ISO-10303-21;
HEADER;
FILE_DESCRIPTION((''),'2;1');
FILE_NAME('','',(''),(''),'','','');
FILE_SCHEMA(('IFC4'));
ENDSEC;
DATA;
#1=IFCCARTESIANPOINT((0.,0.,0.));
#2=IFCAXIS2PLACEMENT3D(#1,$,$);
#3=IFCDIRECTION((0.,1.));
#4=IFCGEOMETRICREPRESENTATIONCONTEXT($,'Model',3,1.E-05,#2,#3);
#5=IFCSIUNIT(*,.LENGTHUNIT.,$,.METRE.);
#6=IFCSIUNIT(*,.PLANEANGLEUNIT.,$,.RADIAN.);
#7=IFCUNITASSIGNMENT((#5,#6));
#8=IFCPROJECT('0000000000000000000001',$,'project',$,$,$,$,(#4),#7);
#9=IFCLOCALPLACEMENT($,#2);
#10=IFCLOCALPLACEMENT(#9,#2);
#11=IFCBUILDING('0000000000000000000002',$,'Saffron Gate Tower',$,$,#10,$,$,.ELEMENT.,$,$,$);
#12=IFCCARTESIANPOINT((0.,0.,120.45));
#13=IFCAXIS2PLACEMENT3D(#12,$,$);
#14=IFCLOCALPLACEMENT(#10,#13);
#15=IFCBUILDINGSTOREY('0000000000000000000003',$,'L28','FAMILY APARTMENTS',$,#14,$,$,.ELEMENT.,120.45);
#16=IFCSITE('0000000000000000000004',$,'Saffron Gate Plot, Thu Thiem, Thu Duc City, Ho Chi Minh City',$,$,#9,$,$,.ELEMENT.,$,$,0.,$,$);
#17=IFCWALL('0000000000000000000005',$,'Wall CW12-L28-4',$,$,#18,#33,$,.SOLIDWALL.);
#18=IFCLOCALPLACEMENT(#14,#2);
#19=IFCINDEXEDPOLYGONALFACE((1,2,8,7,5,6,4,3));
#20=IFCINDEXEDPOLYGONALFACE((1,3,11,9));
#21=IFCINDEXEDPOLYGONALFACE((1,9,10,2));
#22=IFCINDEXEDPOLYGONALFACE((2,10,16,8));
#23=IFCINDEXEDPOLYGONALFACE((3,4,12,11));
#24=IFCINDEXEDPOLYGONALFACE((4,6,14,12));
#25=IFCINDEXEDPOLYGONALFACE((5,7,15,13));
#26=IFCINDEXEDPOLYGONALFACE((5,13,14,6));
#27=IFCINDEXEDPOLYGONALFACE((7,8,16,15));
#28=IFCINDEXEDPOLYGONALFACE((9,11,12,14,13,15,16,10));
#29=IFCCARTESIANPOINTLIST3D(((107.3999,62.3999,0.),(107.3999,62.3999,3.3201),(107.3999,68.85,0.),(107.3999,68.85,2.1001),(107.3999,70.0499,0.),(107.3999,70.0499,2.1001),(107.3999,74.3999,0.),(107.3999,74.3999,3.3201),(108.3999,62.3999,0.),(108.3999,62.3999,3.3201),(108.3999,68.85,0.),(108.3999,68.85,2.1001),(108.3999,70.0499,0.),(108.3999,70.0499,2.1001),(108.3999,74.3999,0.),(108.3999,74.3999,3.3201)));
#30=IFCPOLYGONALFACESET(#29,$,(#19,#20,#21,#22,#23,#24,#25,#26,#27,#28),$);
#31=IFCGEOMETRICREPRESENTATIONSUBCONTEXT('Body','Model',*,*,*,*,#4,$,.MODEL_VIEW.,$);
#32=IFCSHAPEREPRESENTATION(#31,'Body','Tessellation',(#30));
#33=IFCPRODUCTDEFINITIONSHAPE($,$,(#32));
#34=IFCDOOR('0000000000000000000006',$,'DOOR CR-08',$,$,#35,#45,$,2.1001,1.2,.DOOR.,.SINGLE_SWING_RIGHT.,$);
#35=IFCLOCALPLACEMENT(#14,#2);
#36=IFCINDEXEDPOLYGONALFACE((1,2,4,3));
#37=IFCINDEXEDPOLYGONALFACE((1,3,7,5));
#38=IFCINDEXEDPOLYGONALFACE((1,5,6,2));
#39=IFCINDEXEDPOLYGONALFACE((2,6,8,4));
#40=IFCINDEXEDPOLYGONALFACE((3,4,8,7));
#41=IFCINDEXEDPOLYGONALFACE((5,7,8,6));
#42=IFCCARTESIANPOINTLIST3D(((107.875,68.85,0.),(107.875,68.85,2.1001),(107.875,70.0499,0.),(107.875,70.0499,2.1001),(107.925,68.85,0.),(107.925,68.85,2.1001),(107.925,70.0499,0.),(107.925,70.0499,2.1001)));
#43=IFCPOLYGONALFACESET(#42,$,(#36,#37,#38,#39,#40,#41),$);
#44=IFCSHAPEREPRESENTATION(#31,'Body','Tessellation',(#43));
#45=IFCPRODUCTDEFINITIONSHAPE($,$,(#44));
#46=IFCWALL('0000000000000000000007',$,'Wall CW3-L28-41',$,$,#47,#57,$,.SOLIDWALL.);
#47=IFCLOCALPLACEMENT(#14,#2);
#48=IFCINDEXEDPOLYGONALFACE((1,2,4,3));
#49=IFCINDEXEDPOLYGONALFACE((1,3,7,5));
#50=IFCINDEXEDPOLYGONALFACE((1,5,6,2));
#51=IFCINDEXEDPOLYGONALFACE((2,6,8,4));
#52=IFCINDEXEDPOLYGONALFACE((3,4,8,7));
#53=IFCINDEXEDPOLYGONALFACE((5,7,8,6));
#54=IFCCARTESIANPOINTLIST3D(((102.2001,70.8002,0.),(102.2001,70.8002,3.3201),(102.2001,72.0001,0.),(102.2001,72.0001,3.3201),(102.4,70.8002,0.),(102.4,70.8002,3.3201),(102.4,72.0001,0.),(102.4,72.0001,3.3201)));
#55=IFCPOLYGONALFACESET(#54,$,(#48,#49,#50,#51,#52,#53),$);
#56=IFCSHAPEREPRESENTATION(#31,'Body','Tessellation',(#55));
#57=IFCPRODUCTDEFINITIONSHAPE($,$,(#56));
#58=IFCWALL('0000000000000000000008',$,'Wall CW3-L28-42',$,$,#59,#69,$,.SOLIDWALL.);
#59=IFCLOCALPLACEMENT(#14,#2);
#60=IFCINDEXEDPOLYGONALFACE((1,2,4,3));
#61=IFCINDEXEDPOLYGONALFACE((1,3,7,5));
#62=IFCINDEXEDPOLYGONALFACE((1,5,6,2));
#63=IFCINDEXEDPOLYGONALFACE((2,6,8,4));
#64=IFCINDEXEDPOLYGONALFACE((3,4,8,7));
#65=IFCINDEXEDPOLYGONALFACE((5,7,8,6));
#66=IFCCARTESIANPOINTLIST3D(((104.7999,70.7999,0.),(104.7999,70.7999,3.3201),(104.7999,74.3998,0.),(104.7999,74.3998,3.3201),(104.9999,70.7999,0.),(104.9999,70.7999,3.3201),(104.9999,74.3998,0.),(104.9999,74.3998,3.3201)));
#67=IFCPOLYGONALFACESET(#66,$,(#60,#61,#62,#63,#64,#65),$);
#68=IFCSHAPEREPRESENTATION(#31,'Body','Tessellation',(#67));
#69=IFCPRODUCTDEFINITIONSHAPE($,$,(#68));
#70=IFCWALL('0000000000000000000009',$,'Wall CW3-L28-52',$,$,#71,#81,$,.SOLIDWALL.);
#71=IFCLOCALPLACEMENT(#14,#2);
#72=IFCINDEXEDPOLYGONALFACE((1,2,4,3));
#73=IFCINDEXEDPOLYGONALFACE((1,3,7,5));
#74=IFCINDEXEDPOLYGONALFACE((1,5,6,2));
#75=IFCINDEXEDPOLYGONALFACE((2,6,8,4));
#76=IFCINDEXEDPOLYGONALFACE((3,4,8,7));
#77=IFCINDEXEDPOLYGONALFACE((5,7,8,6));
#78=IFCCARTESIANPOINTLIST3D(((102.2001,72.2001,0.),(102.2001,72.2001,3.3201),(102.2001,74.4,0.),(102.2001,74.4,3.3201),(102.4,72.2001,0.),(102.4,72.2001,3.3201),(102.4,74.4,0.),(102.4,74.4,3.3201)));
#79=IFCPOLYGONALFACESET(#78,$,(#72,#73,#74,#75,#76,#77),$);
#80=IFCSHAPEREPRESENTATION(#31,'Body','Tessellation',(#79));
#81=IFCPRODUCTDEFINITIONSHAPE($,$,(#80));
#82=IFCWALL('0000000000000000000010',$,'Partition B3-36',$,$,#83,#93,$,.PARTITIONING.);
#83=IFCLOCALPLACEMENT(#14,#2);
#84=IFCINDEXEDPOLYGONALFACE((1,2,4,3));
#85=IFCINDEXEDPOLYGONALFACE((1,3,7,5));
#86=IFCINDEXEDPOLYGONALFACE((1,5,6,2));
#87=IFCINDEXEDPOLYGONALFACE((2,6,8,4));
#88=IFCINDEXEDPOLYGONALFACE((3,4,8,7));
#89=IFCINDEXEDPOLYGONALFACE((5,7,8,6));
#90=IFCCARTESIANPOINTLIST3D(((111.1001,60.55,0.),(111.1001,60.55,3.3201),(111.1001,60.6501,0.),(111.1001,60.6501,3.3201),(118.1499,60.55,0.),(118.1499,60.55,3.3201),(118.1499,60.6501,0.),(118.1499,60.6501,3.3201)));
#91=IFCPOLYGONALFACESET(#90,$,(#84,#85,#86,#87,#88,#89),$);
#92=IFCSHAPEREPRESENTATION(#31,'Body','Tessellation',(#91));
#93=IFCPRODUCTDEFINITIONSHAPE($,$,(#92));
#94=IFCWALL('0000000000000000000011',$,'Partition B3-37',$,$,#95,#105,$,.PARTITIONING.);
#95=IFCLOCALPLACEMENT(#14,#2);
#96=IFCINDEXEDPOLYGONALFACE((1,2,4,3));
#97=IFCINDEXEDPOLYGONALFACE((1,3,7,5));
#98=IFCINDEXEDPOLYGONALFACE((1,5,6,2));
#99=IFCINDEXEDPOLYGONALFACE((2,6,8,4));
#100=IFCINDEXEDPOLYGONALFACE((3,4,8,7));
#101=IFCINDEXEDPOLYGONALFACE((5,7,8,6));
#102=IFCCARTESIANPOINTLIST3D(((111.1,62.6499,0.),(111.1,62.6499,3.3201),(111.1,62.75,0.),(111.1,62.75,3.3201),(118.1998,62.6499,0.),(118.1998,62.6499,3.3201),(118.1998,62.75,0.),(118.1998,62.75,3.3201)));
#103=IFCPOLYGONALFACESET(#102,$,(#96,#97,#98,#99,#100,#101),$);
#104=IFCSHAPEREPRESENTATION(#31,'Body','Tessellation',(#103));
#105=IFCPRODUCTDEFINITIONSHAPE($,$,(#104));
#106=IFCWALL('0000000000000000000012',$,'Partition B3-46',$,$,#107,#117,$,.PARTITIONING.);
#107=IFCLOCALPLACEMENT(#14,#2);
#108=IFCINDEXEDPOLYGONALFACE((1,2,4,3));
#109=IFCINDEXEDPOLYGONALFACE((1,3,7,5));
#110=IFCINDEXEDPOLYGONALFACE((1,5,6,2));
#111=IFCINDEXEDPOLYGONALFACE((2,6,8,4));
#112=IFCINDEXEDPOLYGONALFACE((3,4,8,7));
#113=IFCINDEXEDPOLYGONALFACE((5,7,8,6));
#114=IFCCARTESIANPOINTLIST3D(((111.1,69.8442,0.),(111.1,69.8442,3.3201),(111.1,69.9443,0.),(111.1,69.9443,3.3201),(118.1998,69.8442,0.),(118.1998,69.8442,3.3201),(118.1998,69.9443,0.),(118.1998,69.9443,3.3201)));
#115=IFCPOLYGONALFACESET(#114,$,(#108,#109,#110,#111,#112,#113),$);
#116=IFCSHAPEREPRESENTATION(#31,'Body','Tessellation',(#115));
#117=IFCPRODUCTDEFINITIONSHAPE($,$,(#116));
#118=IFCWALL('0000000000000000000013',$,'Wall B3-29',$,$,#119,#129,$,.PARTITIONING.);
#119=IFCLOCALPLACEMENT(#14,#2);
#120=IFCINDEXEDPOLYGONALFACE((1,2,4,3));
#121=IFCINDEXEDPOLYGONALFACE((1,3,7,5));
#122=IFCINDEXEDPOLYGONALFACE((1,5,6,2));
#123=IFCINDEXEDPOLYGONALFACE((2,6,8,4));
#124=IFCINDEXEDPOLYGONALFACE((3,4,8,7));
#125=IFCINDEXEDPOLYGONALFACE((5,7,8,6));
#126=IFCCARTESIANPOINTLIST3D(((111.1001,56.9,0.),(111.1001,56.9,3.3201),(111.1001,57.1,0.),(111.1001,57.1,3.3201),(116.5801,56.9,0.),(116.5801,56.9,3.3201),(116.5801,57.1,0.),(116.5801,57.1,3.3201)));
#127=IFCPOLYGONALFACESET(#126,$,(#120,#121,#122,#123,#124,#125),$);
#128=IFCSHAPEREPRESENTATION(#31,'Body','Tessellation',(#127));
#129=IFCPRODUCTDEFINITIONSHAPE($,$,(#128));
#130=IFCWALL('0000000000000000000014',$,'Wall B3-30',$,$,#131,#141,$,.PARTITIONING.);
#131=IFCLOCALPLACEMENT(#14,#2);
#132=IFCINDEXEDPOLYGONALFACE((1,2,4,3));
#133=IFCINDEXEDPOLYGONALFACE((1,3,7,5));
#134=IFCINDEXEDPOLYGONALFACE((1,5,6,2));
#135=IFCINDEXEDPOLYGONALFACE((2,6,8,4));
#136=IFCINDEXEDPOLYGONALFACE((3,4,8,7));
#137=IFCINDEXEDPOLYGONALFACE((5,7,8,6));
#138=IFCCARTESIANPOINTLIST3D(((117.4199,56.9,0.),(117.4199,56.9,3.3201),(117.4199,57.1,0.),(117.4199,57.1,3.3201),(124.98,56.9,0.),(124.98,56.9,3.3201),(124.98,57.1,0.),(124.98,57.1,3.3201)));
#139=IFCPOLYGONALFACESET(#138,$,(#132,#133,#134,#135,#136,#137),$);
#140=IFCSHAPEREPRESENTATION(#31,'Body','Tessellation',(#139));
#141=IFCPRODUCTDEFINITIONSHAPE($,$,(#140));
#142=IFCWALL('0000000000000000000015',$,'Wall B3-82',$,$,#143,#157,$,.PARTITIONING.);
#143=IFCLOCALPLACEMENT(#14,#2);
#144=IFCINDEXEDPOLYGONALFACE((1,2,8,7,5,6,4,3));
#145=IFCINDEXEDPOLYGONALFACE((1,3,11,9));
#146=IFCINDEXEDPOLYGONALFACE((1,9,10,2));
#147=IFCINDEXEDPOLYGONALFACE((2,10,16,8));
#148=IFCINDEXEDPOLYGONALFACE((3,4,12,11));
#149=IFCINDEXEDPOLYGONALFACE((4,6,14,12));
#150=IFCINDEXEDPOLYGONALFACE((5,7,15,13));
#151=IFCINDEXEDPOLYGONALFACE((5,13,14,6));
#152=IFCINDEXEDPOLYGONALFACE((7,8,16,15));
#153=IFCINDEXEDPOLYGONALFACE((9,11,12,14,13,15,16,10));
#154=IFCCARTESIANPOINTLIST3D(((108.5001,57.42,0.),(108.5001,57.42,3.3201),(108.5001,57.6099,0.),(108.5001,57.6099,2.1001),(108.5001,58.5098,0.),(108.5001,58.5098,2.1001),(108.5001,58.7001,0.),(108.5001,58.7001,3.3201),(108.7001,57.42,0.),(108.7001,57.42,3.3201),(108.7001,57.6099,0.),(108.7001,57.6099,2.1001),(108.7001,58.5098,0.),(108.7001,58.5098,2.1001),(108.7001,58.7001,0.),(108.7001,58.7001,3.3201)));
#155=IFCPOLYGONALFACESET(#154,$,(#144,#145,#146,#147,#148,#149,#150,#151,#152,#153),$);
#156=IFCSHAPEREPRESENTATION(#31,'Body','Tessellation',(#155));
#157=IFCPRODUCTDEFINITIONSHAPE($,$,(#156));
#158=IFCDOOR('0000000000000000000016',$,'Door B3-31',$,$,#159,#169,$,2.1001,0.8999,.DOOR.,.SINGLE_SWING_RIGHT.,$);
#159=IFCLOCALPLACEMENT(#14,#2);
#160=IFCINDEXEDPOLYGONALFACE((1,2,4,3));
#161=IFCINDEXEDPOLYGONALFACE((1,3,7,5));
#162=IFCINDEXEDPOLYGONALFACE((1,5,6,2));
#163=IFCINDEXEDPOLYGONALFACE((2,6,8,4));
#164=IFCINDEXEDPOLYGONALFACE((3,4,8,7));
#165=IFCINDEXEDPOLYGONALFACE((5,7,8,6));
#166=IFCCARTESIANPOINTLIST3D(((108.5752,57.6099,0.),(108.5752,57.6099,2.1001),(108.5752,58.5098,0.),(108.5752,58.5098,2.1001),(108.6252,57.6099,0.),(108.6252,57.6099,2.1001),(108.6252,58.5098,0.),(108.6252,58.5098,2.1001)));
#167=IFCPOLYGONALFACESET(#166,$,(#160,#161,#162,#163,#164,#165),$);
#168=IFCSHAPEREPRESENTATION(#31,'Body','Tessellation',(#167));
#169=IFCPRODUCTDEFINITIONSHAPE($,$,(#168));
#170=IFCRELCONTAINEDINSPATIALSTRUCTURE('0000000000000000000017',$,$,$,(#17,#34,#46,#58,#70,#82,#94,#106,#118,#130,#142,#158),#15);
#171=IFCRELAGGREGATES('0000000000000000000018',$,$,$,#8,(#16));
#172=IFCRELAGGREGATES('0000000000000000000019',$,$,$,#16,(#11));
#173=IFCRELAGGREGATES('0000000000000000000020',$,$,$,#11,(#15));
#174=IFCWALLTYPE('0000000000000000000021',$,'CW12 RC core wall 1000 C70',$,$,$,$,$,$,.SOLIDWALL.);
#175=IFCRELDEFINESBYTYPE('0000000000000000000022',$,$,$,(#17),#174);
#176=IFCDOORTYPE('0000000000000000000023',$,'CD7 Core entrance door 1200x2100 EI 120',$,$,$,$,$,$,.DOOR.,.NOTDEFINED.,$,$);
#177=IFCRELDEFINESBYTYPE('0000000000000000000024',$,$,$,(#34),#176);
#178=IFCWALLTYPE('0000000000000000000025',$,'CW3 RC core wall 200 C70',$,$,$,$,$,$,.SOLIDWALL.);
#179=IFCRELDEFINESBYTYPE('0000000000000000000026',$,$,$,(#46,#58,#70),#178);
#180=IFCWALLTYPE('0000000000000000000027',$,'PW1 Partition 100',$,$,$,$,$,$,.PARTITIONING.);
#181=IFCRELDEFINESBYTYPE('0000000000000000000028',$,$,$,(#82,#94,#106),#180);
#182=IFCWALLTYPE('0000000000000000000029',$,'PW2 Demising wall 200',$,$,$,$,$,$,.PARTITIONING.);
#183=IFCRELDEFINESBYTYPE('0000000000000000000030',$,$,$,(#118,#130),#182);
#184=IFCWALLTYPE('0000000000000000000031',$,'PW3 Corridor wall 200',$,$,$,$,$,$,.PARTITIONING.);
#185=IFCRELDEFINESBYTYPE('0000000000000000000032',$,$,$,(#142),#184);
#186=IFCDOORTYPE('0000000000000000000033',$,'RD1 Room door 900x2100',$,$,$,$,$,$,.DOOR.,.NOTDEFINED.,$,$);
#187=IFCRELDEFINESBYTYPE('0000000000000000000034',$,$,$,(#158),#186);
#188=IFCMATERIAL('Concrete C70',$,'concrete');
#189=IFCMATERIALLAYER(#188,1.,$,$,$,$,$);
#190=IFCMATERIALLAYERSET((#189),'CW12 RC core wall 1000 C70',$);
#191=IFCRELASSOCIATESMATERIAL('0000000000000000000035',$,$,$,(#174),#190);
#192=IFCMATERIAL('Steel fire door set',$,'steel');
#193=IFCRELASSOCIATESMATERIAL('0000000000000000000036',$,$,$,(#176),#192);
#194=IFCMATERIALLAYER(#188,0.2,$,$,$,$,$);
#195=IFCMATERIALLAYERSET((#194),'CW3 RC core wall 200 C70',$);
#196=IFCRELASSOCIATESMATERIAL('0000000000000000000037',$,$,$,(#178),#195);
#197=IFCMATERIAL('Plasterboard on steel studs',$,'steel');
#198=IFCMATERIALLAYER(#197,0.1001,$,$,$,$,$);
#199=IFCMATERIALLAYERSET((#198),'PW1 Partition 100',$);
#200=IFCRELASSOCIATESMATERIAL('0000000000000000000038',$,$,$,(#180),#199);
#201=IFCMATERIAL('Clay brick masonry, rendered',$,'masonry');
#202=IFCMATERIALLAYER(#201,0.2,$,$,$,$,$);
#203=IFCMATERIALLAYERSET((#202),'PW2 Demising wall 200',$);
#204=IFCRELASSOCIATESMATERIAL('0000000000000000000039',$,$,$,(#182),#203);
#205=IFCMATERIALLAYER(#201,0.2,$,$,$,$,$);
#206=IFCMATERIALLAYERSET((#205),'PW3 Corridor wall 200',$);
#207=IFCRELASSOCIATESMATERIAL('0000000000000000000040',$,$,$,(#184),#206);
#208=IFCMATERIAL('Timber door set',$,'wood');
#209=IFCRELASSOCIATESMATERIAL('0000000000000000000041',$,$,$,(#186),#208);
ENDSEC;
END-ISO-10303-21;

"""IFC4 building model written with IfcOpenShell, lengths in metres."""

from ifc_helpers import new_model, si_unit, direction, frame, frame_2d, origin, place, context, subcontext, project, spatial, rectangle, extrude, material, layer, layer_set, type_object, element, fill, save


model = new_model("IFC4")

# Units and contexts
model_context = context("Model", 3, precision=1e-05, world=origin(), true_north=direction((0.0, 1.0)))
body_context = subcontext(model_context, "Body", "Model", "MODEL_VIEW")
ifc_project = project(units=[si_unit("LENGTHUNIT", "METRE"), si_unit("PLANEANGLEUNIT", "RADIAN")], contexts=[model_context])

# Site, building, storey
site_placement = place(None, origin())
site = spatial("IfcSite", under=ifc_project, at=site_placement, Name="Saffron Gate Plot, Thu Thiem, Thu Duc City, Ho Chi Minh City", CompositionType="ELEMENT", RefElevation=0.0)
building_placement = place(site_placement, origin())
building = spatial("IfcBuilding", under=site, at=building_placement, Name="Saffron Gate Tower", CompositionType="ELEMENT")
storey_placement = place(building_placement, frame((0.0, 0.0, 120.45)))
storey = spatial("IfcBuildingStorey", under=building, at=storey_placement, Name="L28", Description="FAMILY APARTMENTS", CompositionType="ELEMENT", Elevation=120.45)

# Wall, opening, door
ifc_material_1 = material(Name="Concrete C70", Category="concrete")
ifc_layer_1 = layer(ifc_material_1, 1.0)
ifc_layer_set_1 = layer_set([ifc_layer_1], Name="CW12 RC core wall 1000 C70")
wall_type_1 = type_object("IfcWallType", Name="CW12 RC core wall 1000 C70", PredefinedType="SOLIDWALL", material=ifc_layer_set_1)
wall_1_placement = place(storey_placement, frame((107.8999, 62.3999, 0.0), z_axis=(0.0, 0.0, 1.0), x_axis=(0.0, 1.0, 0.0)))
wall_1 = element("IfcWall", 1, at=wall_1_placement, inside=storey, type_object=wall_type_1, Name="Wall CW12-L28-4", PredefinedType="SOLIDWALL", context=body_context, shape_type="SweptSolid", body=[
    extrude(rectangle(XDim=12.0, YDim=1.0, at=frame_2d((6.0, 0.0))), origin(), (0.0, 0.0, 1.0), 3.3201),
])
opening_1_placement = place(wall_1_placement, frame((6.45, 0.0, 0.0)))
opening_1 = element("IfcOpeningElement", 2, at=opening_1_placement, cuts=wall_1, PredefinedType="OPENING", context=body_context, shape_type="SweptSolid", body=[
    extrude(rectangle(XDim=1.2, YDim=2.1001, at=frame_2d((0.6001, 1.05))), frame((0.0, 0.51, 0.0), z_axis=(0.0, -1.0, 0.0), x_axis=(1.0, 0.0, 0.0)), (0.0, 0.0, 1.0), 1.02),
])
ifc_material_2 = material(Name="Steel fire door set", Category="steel")
door_type_1 = type_object("IfcDoorType", Name="CD7 Core entrance door 1200x2100 EI 120", OperationType="NOTDEFINED", PredefinedType="DOOR", material=ifc_material_2)
door_1_placement = place(opening_1_placement, origin())
door_1 = element("IfcDoor", 3, at=door_1_placement, inside=storey, type_object=door_type_1, Name="DOOR CR-08", OperationType="SINGLE_SWING_RIGHT", OverallHeight=2.1001, OverallWidth=1.2, PredefinedType="DOOR", context=body_context, shape_type="SweptSolid", body=[
    extrude(rectangle(XDim=1.2, YDim=2.1001, at=frame_2d((0.6001, 1.05))), frame((0.0, 0.0249, 0.0), z_axis=(0.0, -1.0, 0.0), x_axis=(1.0, 0.0, 0.0)), (0.0, 0.0, 1.0), 0.05),
])
fill(opening_1, door_1)

# Walls
ifc_layer_2 = layer(ifc_material_1, 0.2)
ifc_layer_set_2 = layer_set([ifc_layer_2], Name="CW3 RC core wall 200 C70")
wall_type_2 = type_object("IfcWallType", Name="CW3 RC core wall 200 C70", PredefinedType="SOLIDWALL", material=ifc_layer_set_2)
wall_2_placement = place(storey_placement, frame((102.3, 70.8, 0.0), z_axis=(0.0, 0.0, 1.0), x_axis=(0.0, 1.0, 0.0)))
element("IfcWall", 4, at=wall_2_placement, inside=storey, type_object=wall_type_2, Name="Wall CW3-L28-41", PredefinedType="SOLIDWALL", context=body_context, shape_type="SweptSolid", body=[
    extrude(rectangle(XDim=1.2, YDim=0.2, at=frame_2d((0.6001, 0.0))), origin(), (0.0, 0.0, 1.0), 3.3201),
])
wall_3_placement = place(storey_placement, frame((104.8999, 70.8, 0.0), z_axis=(0.0, 0.0, 1.0), x_axis=(0.0, 1.0, 0.0)))
element("IfcWall", 5, at=wall_3_placement, inside=storey, type_object=wall_type_2, Name="Wall CW3-L28-42", PredefinedType="SOLIDWALL", context=body_context, shape_type="SweptSolid", body=[
    extrude(rectangle(XDim=3.5999, YDim=0.2, at=frame_2d((1.7998, 0.0))), origin(), (0.0, 0.0, 1.0), 3.3201),
])
wall_4_placement = place(storey_placement, frame((102.3, 72.2, 0.0), z_axis=(0.0, 0.0, 1.0), x_axis=(0.0, 1.0, 0.0)))
element("IfcWall", 6, at=wall_4_placement, inside=storey, type_object=wall_type_2, Name="Wall CW3-L28-52", PredefinedType="SOLIDWALL", context=body_context, shape_type="SweptSolid", body=[
    extrude(rectangle(XDim=2.2, YDim=0.2, at=frame_2d((1.1001, 0.0))), origin(), (0.0, 0.0, 1.0), 3.3201),
])
ifc_material_3 = material(Name="Plasterboard on steel studs", Category="steel")
ifc_layer_3 = layer(ifc_material_3, 0.1001)
ifc_layer_set_3 = layer_set([ifc_layer_3], Name="PW1 Partition 100")
wall_type_3 = type_object("IfcWallType", Name="PW1 Partition 100", PredefinedType="PARTITIONING", material=ifc_layer_set_3)
wall_5_placement = place(storey_placement, frame((111.1001, 60.6001, 0.0), z_axis=(0.0, 0.0, 1.0), x_axis=(1.0, 0.0, 0.0)))
element("IfcWall", 7, at=wall_5_placement, inside=storey, type_object=wall_type_3, Name="Partition B3-36", PredefinedType="PARTITIONING", context=body_context, shape_type="SweptSolid", body=[
    extrude(rectangle(XDim=7.0498, YDim=0.1001, at=frame_2d((3.5249, 0.0))), origin(), (0.0, 0.0, 1.0), 3.3201),
])
for number, where, z_axis, x_axis, name in (
    (8, (111.1001, 62.7, 0.0), (0.0, 0.0, 1.0), (1.0, 0.0, 0.0), "Partition B3-37"),
    (9, (111.1001, 69.8943, 0.0), (0.0, 0.0, 1.0), (1.0, 0.0, 0.0), "Partition B3-46"),
):
    element("IfcWall", number, at=place(storey_placement, frame(where, z_axis=z_axis, x_axis=x_axis)), inside=storey, type_object=wall_type_3, Name=name, PredefinedType="PARTITIONING", context=body_context, shape_type="SweptSolid", body=[
        extrude(rectangle(XDim=7.0999, YDim=0.1001, at=frame_2d((3.5498, 0.0))), origin(), (0.0, 0.0, 1.0), 3.3201),
    ])
ifc_material_4 = material(Name="Clay brick masonry, rendered", Category="masonry")
ifc_layer_4 = layer(ifc_material_4, 0.2)
ifc_layer_set_4 = layer_set([ifc_layer_4], Name="PW2 Demising wall 200")
wall_type_4 = type_object("IfcWallType", Name="PW2 Demising wall 200", PredefinedType="PARTITIONING", material=ifc_layer_set_4)
wall_6_placement = place(storey_placement, frame((111.1001, 57.0, 0.0), z_axis=(0.0, 0.0, 1.0), x_axis=(1.0, 0.0, 0.0)))
element("IfcWall", 10, at=wall_6_placement, inside=storey, type_object=wall_type_4, Name="Wall B3-29", PredefinedType="PARTITIONING", context=body_context, shape_type="SweptSolid", body=[
    extrude(rectangle(XDim=5.48, YDim=0.2, at=frame_2d((2.74, 0.0))), origin(), (0.0, 0.0, 1.0), 3.3201),
])
wall_7_placement = place(storey_placement, frame((117.4199, 57.0, 0.0), z_axis=(0.0, 0.0, 1.0), x_axis=(1.0, 0.0, 0.0)))
element("IfcWall", 11, at=wall_7_placement, inside=storey, type_object=wall_type_4, Name="Wall B3-30", PredefinedType="PARTITIONING", context=body_context, shape_type="SweptSolid", body=[
    extrude(rectangle(XDim=7.5601, YDim=0.2, at=frame_2d((3.78, 0.0))), origin(), (0.0, 0.0, 1.0), 3.3201),
])

# Wall, opening, door
ifc_layer_5 = layer(ifc_material_4, 0.2)
ifc_layer_set_5 = layer_set([ifc_layer_5], Name="PW3 Corridor wall 200")
wall_type_5 = type_object("IfcWallType", Name="PW3 Corridor wall 200", PredefinedType="PARTITIONING", material=ifc_layer_set_5)
wall_8_placement = place(storey_placement, frame((108.6001, 57.4199, 0.0), z_axis=(0.0, 0.0, 1.0), x_axis=(0.0, 1.0, 0.0)))
wall_8 = element("IfcWall", 12, at=wall_8_placement, inside=storey, type_object=wall_type_5, Name="Wall B3-82", PredefinedType="PARTITIONING", context=body_context, shape_type="SweptSolid", body=[
    extrude(rectangle(XDim=1.28, YDim=0.2, at=frame_2d((0.6401, 0.0))), origin(), (0.0, 0.0, 1.0), 3.3201),
])
opening_2_placement = place(wall_8_placement, frame((0.1899, 0.0, 0.0)))
opening_2 = element("IfcOpeningElement", 13, at=opening_2_placement, cuts=wall_8, PredefinedType="OPENING", context=body_context, shape_type="SweptSolid", body=[
    extrude(rectangle(XDim=0.8999, YDim=2.1001, at=frame_2d((0.45, 1.05))), frame((0.0, 0.1099, 0.0), z_axis=(0.0, -1.0, 0.0), x_axis=(1.0, 0.0, 0.0)), (0.0, 0.0, 1.0), 0.22),
])
ifc_material_5 = material(Name="Timber door set", Category="wood")
door_type_2 = type_object("IfcDoorType", Name="RD1 Room door 900x2100", OperationType="NOTDEFINED", PredefinedType="DOOR", material=ifc_material_5)
door_2_placement = place(opening_2_placement, origin())
door_2 = element("IfcDoor", 14, at=door_2_placement, inside=storey, type_object=door_type_2, Name="Door B3-31", OperationType="SINGLE_SWING_RIGHT", OverallHeight=2.1001, OverallWidth=0.8999, PredefinedType="DOOR", context=body_context, shape_type="SweptSolid", body=[
    extrude(rectangle(XDim=0.8999, YDim=2.1001, at=frame_2d((0.45, 1.05))), frame((0.0, 0.0249, 0.0), z_axis=(0.0, -1.0, 0.0), x_axis=(1.0, 0.0, 0.0)), (0.0, 0.0, 1.0), 0.05),
])
fill(opening_2, door_2)

save(model, "model.ifc")
